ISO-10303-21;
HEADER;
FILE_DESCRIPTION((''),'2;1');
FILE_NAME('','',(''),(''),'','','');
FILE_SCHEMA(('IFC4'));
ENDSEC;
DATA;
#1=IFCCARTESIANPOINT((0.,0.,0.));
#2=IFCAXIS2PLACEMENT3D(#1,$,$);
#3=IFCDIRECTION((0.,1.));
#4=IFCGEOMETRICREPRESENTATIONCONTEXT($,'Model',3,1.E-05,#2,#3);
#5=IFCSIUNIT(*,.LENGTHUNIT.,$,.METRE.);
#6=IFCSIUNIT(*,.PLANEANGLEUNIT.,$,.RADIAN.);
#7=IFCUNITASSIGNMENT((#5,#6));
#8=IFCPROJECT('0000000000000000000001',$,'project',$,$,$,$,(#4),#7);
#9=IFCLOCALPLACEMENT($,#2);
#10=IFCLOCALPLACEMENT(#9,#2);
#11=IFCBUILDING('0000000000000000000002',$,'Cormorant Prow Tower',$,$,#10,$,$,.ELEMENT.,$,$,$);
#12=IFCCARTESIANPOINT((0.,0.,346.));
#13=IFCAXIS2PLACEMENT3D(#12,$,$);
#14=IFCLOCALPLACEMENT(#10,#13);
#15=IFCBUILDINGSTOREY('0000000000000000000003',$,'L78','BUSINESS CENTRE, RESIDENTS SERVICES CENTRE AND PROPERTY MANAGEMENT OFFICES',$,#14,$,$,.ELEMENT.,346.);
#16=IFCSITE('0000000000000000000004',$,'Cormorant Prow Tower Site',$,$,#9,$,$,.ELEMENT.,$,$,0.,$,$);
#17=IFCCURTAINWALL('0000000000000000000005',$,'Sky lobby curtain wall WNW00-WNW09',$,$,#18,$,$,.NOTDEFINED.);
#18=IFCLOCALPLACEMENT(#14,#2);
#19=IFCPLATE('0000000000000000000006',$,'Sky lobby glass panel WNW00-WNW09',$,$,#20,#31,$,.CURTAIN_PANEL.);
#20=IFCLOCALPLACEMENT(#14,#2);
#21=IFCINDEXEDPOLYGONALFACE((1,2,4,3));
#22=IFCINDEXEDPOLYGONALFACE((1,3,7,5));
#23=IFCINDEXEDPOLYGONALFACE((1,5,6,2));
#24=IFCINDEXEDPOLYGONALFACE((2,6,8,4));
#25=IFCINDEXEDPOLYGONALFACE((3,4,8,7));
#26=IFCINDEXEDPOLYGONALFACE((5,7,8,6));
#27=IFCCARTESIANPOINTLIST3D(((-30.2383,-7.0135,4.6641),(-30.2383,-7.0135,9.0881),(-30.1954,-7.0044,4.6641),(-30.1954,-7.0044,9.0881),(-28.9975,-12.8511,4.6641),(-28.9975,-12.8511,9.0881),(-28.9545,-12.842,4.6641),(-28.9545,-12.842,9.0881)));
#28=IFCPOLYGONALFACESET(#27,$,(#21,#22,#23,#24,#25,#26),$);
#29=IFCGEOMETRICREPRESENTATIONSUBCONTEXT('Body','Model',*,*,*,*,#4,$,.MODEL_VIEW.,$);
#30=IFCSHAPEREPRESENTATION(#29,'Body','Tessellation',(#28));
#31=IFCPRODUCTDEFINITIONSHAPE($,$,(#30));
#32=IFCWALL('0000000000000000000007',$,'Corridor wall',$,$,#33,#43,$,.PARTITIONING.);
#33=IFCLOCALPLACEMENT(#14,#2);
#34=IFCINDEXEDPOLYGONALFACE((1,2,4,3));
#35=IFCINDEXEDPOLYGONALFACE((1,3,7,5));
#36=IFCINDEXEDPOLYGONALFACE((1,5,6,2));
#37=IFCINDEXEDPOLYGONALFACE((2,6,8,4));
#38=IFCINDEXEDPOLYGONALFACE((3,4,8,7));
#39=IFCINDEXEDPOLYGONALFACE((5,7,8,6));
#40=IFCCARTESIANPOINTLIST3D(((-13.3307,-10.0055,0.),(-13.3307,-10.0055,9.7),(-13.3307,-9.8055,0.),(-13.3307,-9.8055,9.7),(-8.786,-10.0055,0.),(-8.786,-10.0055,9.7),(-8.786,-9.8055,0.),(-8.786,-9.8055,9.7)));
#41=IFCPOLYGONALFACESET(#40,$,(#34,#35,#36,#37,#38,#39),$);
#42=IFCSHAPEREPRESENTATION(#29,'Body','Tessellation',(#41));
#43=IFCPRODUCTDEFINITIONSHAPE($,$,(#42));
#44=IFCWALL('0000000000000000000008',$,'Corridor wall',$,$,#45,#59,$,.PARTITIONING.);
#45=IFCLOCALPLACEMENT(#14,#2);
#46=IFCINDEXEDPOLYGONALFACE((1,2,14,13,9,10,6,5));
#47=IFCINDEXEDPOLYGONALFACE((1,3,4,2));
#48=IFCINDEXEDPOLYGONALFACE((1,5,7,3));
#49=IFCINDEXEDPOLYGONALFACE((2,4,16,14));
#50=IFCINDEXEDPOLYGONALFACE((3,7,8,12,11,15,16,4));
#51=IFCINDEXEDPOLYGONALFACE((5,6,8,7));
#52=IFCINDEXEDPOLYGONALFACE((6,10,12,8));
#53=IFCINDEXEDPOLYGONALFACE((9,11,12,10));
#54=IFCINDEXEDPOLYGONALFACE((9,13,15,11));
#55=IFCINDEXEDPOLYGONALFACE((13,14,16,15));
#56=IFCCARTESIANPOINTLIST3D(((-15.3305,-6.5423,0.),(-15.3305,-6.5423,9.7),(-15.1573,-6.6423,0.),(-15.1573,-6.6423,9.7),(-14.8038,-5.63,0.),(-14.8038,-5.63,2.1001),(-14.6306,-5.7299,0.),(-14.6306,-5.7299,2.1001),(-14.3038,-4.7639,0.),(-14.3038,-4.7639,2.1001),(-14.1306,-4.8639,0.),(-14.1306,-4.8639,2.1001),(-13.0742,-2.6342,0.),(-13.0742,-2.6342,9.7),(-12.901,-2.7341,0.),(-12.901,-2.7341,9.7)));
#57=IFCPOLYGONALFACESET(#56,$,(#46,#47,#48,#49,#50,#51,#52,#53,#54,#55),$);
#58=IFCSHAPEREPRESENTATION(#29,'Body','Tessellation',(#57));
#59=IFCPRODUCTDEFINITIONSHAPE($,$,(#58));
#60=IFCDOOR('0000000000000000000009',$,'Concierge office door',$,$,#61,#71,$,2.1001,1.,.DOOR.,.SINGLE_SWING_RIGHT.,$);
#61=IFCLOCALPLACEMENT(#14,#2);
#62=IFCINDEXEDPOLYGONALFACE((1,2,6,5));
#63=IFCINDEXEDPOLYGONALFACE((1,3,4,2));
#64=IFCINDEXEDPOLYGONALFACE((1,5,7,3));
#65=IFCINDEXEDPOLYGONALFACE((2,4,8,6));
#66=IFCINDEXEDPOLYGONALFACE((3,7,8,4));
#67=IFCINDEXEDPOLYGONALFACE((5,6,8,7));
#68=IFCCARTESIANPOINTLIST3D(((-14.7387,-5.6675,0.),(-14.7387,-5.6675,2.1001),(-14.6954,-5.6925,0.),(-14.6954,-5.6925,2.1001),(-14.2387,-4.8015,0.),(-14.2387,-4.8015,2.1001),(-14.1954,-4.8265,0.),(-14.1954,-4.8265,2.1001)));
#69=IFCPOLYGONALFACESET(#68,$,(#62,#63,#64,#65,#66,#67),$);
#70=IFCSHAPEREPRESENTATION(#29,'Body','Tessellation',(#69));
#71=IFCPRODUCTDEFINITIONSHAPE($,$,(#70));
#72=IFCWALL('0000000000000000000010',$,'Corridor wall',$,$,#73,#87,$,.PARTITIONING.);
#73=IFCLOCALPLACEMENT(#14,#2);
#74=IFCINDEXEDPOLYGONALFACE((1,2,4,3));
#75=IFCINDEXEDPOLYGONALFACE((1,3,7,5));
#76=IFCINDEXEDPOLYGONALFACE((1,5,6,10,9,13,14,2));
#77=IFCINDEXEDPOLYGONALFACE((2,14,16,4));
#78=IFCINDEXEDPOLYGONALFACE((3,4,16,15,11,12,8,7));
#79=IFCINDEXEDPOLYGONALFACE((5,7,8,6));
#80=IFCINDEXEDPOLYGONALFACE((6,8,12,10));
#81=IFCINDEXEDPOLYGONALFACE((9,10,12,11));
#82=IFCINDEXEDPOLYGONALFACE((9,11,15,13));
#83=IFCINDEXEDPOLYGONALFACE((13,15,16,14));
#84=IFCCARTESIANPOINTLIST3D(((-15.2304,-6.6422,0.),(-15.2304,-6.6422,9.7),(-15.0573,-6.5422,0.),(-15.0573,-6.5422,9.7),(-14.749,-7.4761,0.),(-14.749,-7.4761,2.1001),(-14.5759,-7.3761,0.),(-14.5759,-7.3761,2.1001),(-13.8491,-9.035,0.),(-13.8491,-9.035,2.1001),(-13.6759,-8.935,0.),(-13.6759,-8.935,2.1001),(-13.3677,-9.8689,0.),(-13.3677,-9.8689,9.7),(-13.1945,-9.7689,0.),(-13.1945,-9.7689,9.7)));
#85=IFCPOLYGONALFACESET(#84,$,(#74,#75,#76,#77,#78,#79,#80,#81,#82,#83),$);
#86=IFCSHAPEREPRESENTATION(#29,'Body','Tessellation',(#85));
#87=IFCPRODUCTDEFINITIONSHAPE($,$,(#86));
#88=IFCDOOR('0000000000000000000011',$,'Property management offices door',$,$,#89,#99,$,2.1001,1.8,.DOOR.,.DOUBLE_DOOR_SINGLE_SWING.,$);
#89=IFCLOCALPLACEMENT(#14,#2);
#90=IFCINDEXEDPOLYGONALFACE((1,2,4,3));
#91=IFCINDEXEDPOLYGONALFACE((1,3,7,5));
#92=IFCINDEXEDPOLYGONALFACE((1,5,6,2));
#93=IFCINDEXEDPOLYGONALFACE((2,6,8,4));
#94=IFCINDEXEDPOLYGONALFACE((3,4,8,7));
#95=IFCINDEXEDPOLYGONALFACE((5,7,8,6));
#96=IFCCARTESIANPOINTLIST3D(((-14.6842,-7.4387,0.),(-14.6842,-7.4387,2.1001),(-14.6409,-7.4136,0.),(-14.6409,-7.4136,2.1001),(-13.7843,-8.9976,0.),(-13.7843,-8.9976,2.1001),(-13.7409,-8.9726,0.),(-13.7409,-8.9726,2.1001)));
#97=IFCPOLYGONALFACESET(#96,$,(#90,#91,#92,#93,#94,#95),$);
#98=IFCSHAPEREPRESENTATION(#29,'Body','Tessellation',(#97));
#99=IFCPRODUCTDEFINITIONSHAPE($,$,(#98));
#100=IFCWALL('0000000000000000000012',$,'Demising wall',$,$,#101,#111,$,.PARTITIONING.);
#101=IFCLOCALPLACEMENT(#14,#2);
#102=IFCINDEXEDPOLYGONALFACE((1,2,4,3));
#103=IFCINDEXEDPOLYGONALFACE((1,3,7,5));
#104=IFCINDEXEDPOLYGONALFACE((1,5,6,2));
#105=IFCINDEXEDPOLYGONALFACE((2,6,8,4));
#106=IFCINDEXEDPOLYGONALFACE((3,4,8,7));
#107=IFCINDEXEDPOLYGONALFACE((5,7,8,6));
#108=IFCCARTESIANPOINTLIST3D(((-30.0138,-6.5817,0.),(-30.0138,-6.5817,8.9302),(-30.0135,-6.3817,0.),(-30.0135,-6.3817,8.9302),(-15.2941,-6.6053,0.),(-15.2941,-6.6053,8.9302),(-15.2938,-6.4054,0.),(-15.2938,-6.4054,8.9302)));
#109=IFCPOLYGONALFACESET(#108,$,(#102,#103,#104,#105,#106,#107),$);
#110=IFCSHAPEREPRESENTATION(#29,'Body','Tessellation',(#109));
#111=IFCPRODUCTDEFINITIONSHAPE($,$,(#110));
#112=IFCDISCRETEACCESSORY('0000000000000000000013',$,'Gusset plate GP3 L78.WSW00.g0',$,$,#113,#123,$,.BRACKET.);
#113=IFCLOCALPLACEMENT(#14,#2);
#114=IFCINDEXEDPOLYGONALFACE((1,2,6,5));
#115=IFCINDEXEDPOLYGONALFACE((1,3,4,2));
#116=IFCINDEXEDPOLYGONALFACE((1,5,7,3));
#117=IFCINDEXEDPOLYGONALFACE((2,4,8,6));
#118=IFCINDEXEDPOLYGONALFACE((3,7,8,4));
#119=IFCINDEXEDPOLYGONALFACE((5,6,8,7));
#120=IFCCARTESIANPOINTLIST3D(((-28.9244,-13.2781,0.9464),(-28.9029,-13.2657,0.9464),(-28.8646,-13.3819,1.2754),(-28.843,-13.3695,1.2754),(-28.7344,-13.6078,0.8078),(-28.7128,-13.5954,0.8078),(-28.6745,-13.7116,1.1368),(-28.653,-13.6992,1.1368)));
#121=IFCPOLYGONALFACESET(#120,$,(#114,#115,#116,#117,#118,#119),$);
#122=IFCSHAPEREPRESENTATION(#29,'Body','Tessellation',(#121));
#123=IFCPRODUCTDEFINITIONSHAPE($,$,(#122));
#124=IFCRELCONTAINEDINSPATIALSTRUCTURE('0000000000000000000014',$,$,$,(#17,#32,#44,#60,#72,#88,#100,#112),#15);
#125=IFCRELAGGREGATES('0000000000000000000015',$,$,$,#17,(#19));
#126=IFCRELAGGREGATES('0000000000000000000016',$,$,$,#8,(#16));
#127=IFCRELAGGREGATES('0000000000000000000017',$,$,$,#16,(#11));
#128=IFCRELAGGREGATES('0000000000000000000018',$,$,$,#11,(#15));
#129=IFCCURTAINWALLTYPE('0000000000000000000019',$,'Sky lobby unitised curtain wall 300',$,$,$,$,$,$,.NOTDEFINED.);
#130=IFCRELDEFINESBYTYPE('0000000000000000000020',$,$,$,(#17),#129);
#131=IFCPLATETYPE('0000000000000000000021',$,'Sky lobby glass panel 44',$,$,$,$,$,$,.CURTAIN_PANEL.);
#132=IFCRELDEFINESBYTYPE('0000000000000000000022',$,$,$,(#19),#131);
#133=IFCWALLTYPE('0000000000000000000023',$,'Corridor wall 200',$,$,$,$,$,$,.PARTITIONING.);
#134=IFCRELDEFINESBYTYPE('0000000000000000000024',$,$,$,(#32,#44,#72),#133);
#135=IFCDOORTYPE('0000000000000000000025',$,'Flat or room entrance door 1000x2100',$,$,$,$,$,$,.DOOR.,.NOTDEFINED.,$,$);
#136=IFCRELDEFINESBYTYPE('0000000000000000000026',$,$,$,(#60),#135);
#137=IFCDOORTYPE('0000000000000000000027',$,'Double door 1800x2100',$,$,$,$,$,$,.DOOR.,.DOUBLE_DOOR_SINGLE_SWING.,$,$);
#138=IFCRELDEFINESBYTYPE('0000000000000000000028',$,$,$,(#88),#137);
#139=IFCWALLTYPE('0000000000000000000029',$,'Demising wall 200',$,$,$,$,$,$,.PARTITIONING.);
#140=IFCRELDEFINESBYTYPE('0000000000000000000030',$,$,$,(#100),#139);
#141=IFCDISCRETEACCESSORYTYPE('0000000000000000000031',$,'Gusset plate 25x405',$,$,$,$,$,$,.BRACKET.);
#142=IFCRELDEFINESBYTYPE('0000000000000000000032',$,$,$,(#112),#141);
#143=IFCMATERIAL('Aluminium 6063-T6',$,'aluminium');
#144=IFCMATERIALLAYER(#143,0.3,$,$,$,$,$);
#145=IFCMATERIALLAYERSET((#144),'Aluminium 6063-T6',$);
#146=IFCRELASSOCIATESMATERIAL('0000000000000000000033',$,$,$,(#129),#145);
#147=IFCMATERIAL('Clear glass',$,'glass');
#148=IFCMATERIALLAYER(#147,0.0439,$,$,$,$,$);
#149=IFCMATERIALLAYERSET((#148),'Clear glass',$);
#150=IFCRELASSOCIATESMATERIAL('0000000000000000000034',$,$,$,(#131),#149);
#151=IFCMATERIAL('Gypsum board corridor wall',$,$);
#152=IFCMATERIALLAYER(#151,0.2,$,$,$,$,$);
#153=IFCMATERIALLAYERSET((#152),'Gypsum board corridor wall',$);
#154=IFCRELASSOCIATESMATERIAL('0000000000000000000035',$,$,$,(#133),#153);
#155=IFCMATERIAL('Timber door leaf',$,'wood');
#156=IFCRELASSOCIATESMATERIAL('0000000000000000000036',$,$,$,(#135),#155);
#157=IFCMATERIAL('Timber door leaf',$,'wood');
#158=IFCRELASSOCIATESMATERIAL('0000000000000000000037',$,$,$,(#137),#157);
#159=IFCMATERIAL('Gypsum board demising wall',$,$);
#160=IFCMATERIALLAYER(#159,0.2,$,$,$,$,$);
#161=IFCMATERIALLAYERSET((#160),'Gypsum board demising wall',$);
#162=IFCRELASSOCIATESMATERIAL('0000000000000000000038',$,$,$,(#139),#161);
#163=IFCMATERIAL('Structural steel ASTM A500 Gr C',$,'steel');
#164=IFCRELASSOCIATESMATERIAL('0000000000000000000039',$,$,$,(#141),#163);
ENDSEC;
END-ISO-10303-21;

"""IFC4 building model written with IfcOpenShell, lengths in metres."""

from ifc_helpers import new_model, si_unit, direction, frame, frame_2d, origin, origin_2d, place, context, subcontext, project, spatial, rectangle, extrude, material, layer, layer_set, material_profile, profile_set, type_object, element, fill, aggregate, save


model = new_model("IFC4")

# Units and contexts
model_context = context("Model", 3, precision=1e-05, world=origin(), true_north=direction((0.0, 1.0)))
body_context = subcontext(model_context, "Body", "Model", "MODEL_VIEW")
ifc_project = project(units=[si_unit("LENGTHUNIT", "METRE"), si_unit("PLANEANGLEUNIT", "RADIAN")], contexts=[model_context])

# Site, building, storey
site_placement = place(None, origin())
site = spatial("IfcSite", under=ifc_project, at=site_placement, Name="Cormorant Prow Tower Site", CompositionType="ELEMENT", RefElevation=0.0)
building_placement = place(site_placement, origin())
building = spatial("IfcBuilding", under=site, at=building_placement, Name="Cormorant Prow Tower", CompositionType="ELEMENT")
storey_placement = place(building_placement, frame((0.0, 0.0, 346.0)))
storey = spatial("IfcBuildingStorey", under=building, at=storey_placement, Name="L78", Description="BUSINESS CENTRE, RESIDENTS SERVICES CENTRE AND PROPERTY MANAGEMENT OFFICES", CompositionType="ELEMENT", Elevation=346.0)

# Curtain wall
ifc_material_1 = material(Name="Aluminium 6063-T6", Category="aluminium")
ifc_layer_1 = layer(ifc_material_1, 0.3)
ifc_layer_set_1 = layer_set([ifc_layer_1], Name="Aluminium 6063-T6")
curtain_wall_type = type_object("IfcCurtainWallType", Name="Sky lobby unitised curtain wall 300", PredefinedType="NOTDEFINED", material=ifc_layer_set_1)
curtain_wall_placement = place(storey_placement, origin())
curtain_wall = element("IfcCurtainWall", 1, at=curtain_wall_placement, inside=storey, type_object=curtain_wall_type, Name="Sky lobby curtain wall WNW00-WNW09", PredefinedType="NOTDEFINED")

# Plate
ifc_material_2 = material(Name="Clear glass", Category="glass")
ifc_layer_2 = layer(ifc_material_2, 0.0439)
ifc_layer_set_2 = layer_set([ifc_layer_2], Name="Clear glass")
plate_type = type_object("IfcPlateType", Name="Sky lobby glass panel 44", PredefinedType="CURTAIN_PANEL", material=ifc_layer_set_2)
plate_1_placement = place(storey_placement, frame((-29.5964, -9.9277, 4.6641), z_axis=(0.0, 0.0, 1.0), x_axis=(0.207912, -0.978148, 0.0)))
plate_1 = element("IfcPlate", 2, at=plate_1_placement, type_object=plate_type, Name="Sky lobby glass panel WNW00-WNW09", PredefinedType="CURTAIN_PANEL", context=body_context, shape_type="SweptSolid", body=[
    extrude(rectangle(XDim=5.968, YDim=0.0439, at=origin_2d()), origin(), (0.0, 0.0, 1.0), 4.4241),
])
aggregate(curtain_wall, [plate_1])

# Wall
ifc_material_3 = material(Name="Gypsum board corridor wall")
ifc_layer_3 = layer(ifc_material_3, 0.2)
ifc_layer_set_3 = layer_set([ifc_layer_3], Name="Gypsum board corridor wall")
wall_type_1 = type_object("IfcWallType", Name="Corridor wall 200", PredefinedType="PARTITIONING", material=ifc_layer_set_3)
wall_1_placement = place(storey_placement, frame((-13.3308, -9.9055, 0.0), z_axis=(0.0, 0.0, 1.0), x_axis=(1.0, 0.0, 0.0)))
element("IfcWall", 3, at=wall_1_placement, inside=storey, type_object=wall_type_1, Name="Corridor wall", PredefinedType="PARTITIONING", context=body_context, shape_type="SweptSolid", body=[
    extrude(rectangle(XDim=4.5447, YDim=0.2, at=frame_2d((2.2725, 0.0))), origin(), (0.0, 0.0, 1.0), 9.7),
])

# Walls, openings, doors
wall_2_placement = place(storey_placement, frame((-15.2439, -6.5923, 0.0), z_axis=(0.0, 0.0, 1.0), x_axis=(0.499991, 0.866031, 0.0)))
wall_2 = element("IfcWall", 4, at=wall_2_placement, inside=storey, type_object=wall_type_1, Name="Corridor wall", PredefinedType="PARTITIONING", context=body_context, shape_type="SweptSolid", body=[
    extrude(rectangle(XDim=4.5127, YDim=0.2, at=frame_2d((2.2563, 0.0))), origin(), (0.0, 0.0, 1.0), 9.7),
])
opening_1_placement = place(wall_2_placement, frame((1.0535, 0.0, 0.0)))
opening_1 = element("IfcOpeningElement", 5, at=opening_1_placement, cuts=wall_2, PredefinedType="OPENING", context=body_context, shape_type="SweptSolid", body=[
    extrude(rectangle(XDim=1.0, YDim=2.1001, at=frame_2d((0.5, 1.05))), frame((0.0, 0.1099, 0.0), z_axis=(0.0, -1.0, 0.0), x_axis=(1.0, 0.0, 0.0)), (0.0, 0.0, 1.0), 0.22),
])
ifc_material_4 = material(Name="Timber door leaf", Category="wood")
door_type_1 = type_object("IfcDoorType", Name="Flat or room entrance door 1000x2100", OperationType="NOTDEFINED", PredefinedType="DOOR", material=ifc_material_4)
door_1_placement = place(opening_1_placement, origin())
door_1 = element("IfcDoor", 6, at=door_1_placement, inside=storey, type_object=door_type_1, Name="Concierge office door", OperationType="SINGLE_SWING_RIGHT", OverallHeight=2.1001, OverallWidth=1.0, PredefinedType="DOOR", context=body_context, shape_type="SweptSolid", body=[
    extrude(rectangle(XDim=1.0, YDim=2.1001, at=frame_2d((0.5, 1.05))), frame((0.0, 0.0249, 0.0), z_axis=(0.0, -1.0, 0.0), x_axis=(1.0, 0.0, 0.0)), (0.0, 0.0, 1.0), 0.05),
])
fill(opening_1, door_1)
wall_3_placement = place(storey_placement, frame((-15.1438, -6.5923, 0.0), z_axis=(0.0, 0.0, 1.0), x_axis=(0.499959, -0.866049, 0.0)))
wall_3 = element("IfcWall", 7, at=wall_3_placement, inside=storey, type_object=wall_type_1, Name="Corridor wall", PredefinedType="PARTITIONING", context=body_context, shape_type="SweptSolid", body=[
    extrude(rectangle(XDim=3.7258, YDim=0.2, at=frame_2d((1.8628, 0.0))), origin(), (0.0, 0.0, 1.0), 9.7),
])
opening_2_placement = place(wall_3_placement, frame((0.9629, 0.0, 0.0)))
opening_2 = element("IfcOpeningElement", 8, at=opening_2_placement, cuts=wall_3, PredefinedType="OPENING", context=body_context, shape_type="SweptSolid", body=[
    extrude(rectangle(XDim=1.8, YDim=2.1001, at=frame_2d((0.8999, 1.05))), frame((0.0, 0.1099, 0.0), z_axis=(0.0, -1.0, 0.0), x_axis=(1.0, 0.0, 0.0)), (0.0, 0.0, 1.0), 0.22),
])
ifc_material_5 = material(Name="Timber door leaf", Category="wood")
door_type_2 = type_object("IfcDoorType", Name="Double door 1800x2100", OperationType="DOUBLE_DOOR_SINGLE_SWING", PredefinedType="DOOR", material=ifc_material_5)
door_2_placement = place(opening_2_placement, origin())
door_2 = element("IfcDoor", 9, at=door_2_placement, inside=storey, type_object=door_type_2, Name="Property management offices door", OperationType="DOUBLE_DOOR_SINGLE_SWING", OverallHeight=2.1001, OverallWidth=1.8, PredefinedType="DOOR", context=body_context, shape_type="SweptSolid", body=[
    extrude(rectangle(XDim=1.8, YDim=2.1001, at=frame_2d((0.8999, 1.05))), frame((0.0, 0.0249, 0.0), z_axis=(0.0, -1.0, 0.0), x_axis=(1.0, 0.0, 0.0)), (0.0, 0.0, 1.0), 0.05),
])
fill(opening_2, door_2)

# Wall
ifc_material_6 = material(Name="Gypsum board demising wall")
ifc_layer_4 = layer(ifc_material_6, 0.2)
ifc_layer_set_4 = layer_set([ifc_layer_4], Name="Gypsum board demising wall")
wall_type_2 = type_object("IfcWallType", Name="Demising wall 200", PredefinedType="PARTITIONING", material=ifc_layer_set_4)
wall_4_placement = place(storey_placement, frame((-30.0137, -6.4817, 0.0), z_axis=(0.0, 0.0, 1.0), x_axis=(0.999999, -0.001609, 0.0)))
element("IfcWall", 10, at=wall_4_placement, inside=storey, type_object=wall_type_2, Name="Demising wall", PredefinedType="PARTITIONING", context=body_context, shape_type="SweptSolid", body=[
    extrude(rectangle(XDim=14.7197, YDim=0.2, at=frame_2d((7.3599, 0.0))), origin(), (0.0, 0.0, 1.0), 8.9302),
])

# Discrete accessory
ifc_material_7 = material(Name="Structural steel ASTM A500 Gr C", Category="steel")
ifc_material_profile_1 = material_profile(ifc_material_7, rectangle(XDim=0.0249, YDim=0.405, at=origin_2d()), Name="Gusset plate 25x405")
ifc_profile_set_1 = profile_set([ifc_material_profile_1], Name="Structural steel ASTM A500 Gr C")
discrete_accessory_type = type_object("IfcDiscreteAccessoryType", Name="Gusset plate 25x405", PredefinedType="BRACKET", material=ifc_profile_set_1)
discrete_accessory_placement = place(storey_placement, frame((-28.7588, -13.5405, 1.2061), z_axis=(-0.170905, 0.296467, -0.939627), x_axis=(-0.866355, -0.499428, 0.0)))
element("IfcDiscreteAccessory", 11, at=discrete_accessory_placement, inside=storey, type_object=discrete_accessory_type, Name="Gusset plate GP3 L78.WSW00.g0", PredefinedType="BRACKET", context=body_context, shape_type="SweptSolid", body=[
    extrude(rectangle(XDim=0.0249, YDim=0.405, at=origin_2d()), origin(), (0.0, 0.0, 1.0), 0.3501),
])

save(model, "model.ifc")
